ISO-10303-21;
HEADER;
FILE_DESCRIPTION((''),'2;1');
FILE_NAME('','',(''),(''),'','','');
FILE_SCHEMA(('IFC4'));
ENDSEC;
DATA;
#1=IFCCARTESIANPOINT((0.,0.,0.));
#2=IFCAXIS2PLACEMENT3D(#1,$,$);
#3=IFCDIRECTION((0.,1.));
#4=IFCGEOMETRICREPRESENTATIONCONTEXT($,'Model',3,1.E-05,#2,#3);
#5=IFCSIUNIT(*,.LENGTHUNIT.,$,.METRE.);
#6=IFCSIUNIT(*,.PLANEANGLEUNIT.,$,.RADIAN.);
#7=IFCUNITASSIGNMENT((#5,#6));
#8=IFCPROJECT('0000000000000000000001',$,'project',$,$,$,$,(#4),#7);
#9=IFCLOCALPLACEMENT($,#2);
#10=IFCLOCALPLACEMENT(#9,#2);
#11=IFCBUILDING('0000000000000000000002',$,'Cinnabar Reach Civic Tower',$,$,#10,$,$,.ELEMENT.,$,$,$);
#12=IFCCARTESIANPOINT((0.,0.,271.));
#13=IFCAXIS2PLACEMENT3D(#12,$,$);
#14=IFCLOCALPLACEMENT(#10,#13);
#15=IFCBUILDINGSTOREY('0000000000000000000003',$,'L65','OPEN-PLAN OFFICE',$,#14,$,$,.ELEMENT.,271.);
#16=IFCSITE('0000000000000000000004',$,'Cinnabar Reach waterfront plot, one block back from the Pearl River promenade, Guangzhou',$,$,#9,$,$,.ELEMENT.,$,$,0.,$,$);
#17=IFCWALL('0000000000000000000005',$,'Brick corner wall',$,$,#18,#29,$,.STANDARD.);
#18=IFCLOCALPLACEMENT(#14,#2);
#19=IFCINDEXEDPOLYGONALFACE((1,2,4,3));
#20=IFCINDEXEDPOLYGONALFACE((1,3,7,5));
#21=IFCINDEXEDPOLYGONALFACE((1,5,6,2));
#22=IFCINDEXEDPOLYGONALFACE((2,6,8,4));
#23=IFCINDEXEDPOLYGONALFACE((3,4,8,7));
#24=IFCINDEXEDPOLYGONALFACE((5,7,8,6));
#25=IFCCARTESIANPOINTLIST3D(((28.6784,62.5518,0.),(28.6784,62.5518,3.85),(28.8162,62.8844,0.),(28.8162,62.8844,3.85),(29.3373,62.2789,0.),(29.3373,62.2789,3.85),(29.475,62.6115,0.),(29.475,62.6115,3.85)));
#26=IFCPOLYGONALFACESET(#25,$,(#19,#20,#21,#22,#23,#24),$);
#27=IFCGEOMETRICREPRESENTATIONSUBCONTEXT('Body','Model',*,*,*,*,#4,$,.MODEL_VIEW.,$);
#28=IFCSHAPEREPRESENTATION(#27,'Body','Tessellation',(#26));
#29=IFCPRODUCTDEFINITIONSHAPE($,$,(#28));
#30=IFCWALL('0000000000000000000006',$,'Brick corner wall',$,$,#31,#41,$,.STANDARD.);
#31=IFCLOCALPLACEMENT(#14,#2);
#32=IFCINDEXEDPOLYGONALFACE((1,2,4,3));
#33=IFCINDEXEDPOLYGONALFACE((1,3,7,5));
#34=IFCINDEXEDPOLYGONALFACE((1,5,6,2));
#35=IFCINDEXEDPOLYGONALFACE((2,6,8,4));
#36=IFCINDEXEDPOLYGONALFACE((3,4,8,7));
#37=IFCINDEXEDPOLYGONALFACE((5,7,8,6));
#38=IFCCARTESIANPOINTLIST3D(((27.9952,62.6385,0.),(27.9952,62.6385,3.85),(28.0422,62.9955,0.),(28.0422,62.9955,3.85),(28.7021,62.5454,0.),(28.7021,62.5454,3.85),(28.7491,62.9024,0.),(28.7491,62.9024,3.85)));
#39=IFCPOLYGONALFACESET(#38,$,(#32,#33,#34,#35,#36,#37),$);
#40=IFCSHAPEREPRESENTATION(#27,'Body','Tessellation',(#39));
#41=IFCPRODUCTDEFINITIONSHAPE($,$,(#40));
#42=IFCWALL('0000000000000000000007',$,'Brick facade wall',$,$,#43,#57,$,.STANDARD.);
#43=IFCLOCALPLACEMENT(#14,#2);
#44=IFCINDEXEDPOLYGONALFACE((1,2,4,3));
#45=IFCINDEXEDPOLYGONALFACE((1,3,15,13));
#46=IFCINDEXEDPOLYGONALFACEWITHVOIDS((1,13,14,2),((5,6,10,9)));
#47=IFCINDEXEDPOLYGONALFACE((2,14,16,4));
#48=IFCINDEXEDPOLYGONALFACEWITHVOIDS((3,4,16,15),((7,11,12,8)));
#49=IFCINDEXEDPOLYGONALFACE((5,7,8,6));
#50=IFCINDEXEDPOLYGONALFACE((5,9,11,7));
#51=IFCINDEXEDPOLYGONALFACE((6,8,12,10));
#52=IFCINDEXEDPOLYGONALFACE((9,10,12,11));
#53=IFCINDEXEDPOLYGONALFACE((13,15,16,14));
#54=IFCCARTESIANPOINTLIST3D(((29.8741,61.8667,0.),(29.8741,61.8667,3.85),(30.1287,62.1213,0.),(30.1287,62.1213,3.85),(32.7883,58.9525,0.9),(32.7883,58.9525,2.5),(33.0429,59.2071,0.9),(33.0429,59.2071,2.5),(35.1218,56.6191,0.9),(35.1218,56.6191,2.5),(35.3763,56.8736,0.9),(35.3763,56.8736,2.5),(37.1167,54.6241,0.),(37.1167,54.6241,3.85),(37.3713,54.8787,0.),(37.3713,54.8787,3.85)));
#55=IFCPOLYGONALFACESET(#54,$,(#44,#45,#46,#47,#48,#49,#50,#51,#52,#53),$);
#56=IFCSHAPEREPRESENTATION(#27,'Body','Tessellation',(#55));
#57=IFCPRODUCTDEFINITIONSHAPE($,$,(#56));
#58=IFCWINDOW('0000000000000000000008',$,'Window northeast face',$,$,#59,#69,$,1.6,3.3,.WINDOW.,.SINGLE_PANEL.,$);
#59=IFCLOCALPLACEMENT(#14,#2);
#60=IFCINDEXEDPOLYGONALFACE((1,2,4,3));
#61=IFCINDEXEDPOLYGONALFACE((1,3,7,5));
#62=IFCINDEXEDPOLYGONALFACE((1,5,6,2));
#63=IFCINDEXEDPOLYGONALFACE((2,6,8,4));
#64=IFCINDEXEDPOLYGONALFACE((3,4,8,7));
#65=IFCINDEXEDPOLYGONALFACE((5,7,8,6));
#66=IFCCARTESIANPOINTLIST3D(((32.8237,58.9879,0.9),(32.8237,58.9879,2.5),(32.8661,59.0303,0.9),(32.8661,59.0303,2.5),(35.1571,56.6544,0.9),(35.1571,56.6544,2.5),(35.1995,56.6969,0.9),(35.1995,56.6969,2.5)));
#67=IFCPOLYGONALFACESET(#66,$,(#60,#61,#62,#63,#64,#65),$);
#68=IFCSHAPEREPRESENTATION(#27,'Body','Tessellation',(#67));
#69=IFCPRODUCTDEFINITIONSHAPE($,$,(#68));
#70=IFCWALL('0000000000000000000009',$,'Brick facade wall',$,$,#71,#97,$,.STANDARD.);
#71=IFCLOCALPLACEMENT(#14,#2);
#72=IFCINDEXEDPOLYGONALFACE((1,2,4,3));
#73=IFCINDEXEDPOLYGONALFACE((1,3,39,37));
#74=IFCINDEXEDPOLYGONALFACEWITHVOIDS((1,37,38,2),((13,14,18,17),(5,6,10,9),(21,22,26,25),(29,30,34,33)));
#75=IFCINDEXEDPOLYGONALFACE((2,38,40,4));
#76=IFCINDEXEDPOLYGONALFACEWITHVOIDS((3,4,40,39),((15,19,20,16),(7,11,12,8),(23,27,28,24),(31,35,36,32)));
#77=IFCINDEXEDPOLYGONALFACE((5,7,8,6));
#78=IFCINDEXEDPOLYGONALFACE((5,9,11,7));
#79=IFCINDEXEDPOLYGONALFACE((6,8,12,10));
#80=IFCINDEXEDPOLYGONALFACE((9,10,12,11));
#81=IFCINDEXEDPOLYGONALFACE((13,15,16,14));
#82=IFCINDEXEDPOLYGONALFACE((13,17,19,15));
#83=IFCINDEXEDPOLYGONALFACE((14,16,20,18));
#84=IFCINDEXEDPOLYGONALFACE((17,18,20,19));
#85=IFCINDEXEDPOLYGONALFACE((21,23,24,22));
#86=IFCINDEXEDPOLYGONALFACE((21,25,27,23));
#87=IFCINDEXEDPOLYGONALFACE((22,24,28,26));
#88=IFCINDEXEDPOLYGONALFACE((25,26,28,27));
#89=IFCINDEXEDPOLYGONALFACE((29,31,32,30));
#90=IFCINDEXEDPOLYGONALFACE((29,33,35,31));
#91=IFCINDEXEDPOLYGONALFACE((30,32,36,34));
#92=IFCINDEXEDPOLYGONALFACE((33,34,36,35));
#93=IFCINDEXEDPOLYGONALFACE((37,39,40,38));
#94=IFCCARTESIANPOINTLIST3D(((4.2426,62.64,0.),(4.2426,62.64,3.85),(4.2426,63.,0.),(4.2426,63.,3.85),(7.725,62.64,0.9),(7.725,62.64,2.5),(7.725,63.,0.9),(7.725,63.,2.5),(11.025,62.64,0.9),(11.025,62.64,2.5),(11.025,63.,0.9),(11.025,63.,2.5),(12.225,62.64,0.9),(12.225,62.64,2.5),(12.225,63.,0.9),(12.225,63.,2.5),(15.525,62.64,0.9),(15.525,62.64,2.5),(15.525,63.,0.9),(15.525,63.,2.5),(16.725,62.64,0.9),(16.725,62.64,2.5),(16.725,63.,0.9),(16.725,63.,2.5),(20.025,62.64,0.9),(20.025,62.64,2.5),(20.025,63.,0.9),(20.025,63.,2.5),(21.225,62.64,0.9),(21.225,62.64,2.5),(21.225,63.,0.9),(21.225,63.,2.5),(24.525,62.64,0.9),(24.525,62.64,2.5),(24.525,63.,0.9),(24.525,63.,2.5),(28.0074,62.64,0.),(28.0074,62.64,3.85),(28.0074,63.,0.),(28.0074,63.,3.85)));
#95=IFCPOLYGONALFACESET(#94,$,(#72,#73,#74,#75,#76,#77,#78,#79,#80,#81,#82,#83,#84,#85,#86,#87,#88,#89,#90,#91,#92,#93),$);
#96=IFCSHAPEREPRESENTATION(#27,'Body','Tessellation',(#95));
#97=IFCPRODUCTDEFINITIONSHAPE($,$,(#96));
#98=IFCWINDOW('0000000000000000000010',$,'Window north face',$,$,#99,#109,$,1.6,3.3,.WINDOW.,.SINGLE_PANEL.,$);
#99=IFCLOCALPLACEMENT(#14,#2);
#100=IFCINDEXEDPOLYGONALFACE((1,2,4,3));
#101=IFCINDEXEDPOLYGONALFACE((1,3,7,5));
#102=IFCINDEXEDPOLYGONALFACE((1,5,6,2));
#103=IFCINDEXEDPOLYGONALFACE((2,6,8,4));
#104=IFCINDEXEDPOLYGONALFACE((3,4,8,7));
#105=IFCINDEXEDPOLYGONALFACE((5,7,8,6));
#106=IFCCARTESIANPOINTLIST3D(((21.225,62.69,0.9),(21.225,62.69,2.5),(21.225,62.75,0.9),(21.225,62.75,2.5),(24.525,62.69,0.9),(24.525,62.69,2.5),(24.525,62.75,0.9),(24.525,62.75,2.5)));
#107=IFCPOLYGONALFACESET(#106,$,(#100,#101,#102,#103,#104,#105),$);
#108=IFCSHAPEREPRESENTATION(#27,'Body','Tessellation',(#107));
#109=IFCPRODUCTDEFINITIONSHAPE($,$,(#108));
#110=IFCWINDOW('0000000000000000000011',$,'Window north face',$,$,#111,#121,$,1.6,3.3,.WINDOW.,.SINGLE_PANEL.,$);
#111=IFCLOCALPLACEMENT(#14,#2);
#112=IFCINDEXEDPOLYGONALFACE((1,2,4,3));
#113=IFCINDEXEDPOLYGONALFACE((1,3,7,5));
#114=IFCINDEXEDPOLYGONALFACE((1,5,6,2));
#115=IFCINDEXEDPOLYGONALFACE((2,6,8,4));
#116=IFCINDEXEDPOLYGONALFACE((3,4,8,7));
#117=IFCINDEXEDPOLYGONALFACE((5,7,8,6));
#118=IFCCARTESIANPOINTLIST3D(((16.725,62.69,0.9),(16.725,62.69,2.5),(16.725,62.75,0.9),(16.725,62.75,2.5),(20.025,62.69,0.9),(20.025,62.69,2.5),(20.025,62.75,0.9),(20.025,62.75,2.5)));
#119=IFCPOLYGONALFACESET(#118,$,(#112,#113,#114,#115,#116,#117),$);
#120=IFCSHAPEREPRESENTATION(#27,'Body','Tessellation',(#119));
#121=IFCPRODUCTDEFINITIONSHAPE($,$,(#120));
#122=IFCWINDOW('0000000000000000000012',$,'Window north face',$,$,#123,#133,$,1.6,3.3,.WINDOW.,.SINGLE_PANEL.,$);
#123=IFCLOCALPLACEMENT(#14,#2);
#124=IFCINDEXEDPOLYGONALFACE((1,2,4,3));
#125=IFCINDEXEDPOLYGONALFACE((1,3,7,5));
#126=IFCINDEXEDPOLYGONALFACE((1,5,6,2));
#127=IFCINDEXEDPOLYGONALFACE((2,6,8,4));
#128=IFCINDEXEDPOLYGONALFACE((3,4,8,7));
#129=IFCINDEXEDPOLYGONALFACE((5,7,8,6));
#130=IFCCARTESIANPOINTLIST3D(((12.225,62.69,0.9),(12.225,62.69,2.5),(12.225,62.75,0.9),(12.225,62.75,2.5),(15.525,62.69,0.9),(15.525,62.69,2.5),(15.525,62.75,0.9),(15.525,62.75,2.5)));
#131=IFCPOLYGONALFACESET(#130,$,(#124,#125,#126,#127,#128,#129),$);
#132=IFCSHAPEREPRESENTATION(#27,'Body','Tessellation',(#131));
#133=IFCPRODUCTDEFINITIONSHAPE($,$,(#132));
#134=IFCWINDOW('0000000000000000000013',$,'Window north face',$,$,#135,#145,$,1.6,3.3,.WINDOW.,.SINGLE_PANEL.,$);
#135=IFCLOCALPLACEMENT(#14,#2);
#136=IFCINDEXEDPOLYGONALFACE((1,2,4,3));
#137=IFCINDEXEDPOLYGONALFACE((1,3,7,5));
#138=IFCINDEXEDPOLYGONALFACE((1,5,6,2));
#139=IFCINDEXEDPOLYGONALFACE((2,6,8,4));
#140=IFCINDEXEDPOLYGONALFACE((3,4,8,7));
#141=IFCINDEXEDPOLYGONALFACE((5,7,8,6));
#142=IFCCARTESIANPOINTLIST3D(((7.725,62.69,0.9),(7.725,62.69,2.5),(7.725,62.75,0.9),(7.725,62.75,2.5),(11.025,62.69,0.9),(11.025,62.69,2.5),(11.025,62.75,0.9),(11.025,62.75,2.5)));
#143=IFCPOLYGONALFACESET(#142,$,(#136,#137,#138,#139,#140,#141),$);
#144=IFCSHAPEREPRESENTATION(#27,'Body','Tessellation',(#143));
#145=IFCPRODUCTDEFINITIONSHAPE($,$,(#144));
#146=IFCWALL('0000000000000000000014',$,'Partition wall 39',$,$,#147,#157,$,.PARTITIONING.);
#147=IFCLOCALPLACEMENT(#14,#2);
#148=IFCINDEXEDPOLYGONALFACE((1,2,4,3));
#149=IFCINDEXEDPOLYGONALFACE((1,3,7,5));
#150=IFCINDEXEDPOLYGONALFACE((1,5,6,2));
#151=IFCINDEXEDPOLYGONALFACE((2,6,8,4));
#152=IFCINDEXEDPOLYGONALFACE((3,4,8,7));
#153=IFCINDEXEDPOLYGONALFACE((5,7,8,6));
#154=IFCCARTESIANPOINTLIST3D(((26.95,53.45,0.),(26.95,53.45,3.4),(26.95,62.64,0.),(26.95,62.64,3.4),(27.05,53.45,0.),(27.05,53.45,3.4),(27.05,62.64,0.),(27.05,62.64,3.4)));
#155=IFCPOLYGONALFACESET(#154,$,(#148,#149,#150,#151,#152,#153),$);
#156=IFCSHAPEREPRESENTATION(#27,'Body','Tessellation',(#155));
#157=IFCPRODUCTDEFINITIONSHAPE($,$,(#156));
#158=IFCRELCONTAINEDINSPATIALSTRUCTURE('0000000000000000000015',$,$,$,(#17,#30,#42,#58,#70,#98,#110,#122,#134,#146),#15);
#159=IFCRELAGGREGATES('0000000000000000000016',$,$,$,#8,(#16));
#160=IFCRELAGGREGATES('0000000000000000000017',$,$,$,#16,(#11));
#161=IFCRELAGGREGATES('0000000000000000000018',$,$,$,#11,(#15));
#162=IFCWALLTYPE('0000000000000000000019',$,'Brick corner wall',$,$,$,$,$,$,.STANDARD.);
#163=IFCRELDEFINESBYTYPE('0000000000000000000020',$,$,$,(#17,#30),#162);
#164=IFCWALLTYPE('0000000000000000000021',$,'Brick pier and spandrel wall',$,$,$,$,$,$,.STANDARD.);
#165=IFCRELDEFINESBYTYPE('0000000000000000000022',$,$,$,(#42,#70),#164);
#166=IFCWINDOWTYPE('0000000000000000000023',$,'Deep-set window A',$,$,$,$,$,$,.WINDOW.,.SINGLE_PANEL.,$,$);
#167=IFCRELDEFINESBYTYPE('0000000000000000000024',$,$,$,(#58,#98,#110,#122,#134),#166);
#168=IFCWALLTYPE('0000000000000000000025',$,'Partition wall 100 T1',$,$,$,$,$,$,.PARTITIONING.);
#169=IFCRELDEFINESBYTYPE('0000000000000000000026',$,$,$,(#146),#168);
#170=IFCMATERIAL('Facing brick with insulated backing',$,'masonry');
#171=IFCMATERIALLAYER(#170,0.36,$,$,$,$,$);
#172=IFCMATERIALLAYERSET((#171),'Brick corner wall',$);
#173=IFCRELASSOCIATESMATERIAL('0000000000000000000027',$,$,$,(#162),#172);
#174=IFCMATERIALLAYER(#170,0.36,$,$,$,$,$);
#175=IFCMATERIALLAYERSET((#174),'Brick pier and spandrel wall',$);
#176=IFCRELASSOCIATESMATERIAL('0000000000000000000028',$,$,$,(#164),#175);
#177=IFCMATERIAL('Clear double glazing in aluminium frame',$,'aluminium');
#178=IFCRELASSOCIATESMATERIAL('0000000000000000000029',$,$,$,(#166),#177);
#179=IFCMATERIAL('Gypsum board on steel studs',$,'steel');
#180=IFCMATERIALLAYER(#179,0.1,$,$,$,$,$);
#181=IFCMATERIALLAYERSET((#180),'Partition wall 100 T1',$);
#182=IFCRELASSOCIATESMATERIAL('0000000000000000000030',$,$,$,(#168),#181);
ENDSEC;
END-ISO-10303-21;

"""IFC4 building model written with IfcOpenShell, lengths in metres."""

from ifc_helpers import new_model, si_unit, direction, frame, frame_2d, origin, place, context, subcontext, project, spatial, rectangle, extrude, material, layer, layer_set, type_object, element, fill, save


model = new_model("IFC4")

# Units and contexts
model_context = context("Model", 3, precision=1e-05, world=origin(), true_north=direction((0.0, 1.0)))
body_context = subcontext(model_context, "Body", "Model", "MODEL_VIEW")
ifc_project = project(units=[si_unit("LENGTHUNIT", "METRE"), si_unit("PLANEANGLEUNIT", "RADIAN")], contexts=[model_context])

# Site, building, storey
site_placement = place(None, origin())
site = spatial("IfcSite", under=ifc_project, at=site_placement, Name="Cinnabar Reach waterfront plot, one block back from the Pearl River promenade, Guangzhou", CompositionType="ELEMENT", RefElevation=0.0)
building_placement = place(site_placement, origin())
building = spatial("IfcBuilding", under=site, at=building_placement, Name="Cinnabar Reach Civic Tower", CompositionType="ELEMENT")
storey_placement = place(building_placement, frame((0.0, 0.0, 271.0)))
storey = spatial("IfcBuildingStorey", under=building, at=storey_placement, Name="L65", Description="OPEN-PLAN OFFICE", CompositionType="ELEMENT", Elevation=271.0)

# Walls
ifc_material_1 = material(Name="Facing brick with insulated backing", Category="masonry")
ifc_layer_1 = layer(ifc_material_1, 0.36)
ifc_layer_set_1 = layer_set([ifc_layer_1], Name="Brick corner wall")
wall_type_1 = type_object("IfcWallType", Name="Brick corner wall", PredefinedType="STANDARD", material=ifc_layer_set_1)
for number, where, z_axis, x_axis, name in (
    (1, (29.4061, 62.4452, 0.0), (0.0, 0.0, 1.0), (-0.923872, 0.382703, 0.0), "Brick corner wall"),
    (2, (28.7256, 62.7239, 0.0), (0.0, 0.0, 1.0), (-0.991441, 0.130556, 0.0), "Brick corner wall"),
):
    element("IfcWall", number, at=place(storey_placement, frame(where, z_axis=z_axis, x_axis=x_axis)), inside=storey, type_object=wall_type_1, Name=name, PredefinedType="STANDARD", context=body_context, shape_type="SweptSolid", body=[
        extrude(rectangle(XDim=0.7131, YDim=0.36, at=frame_2d((0.3565, 0.0))), origin(), (0.0, 0.0, 1.0), 3.85),
    ])

# Wall, opening, window
ifc_layer_2 = layer(ifc_material_1, 0.36)
ifc_layer_set_2 = layer_set([ifc_layer_2], Name="Brick pier and spandrel wall")
wall_type_2 = type_object("IfcWallType", Name="Brick pier and spandrel wall", PredefinedType="STANDARD", material=ifc_layer_set_2)
wall_1_placement = place(storey_placement, frame((37.244, 54.7514, 0.0), z_axis=(0.0, 0.0, 1.0), x_axis=(-0.707107, 0.707107, 0.0)))
wall_1 = element("IfcWall", 3, at=wall_1_placement, inside=storey, type_object=wall_type_2, Name="Brick facade wall", PredefinedType="STANDARD", context=body_context, shape_type="SweptSolid", body=[
    extrude(rectangle(XDim=10.2426, YDim=0.36, at=frame_2d((5.1213, 0.0))), origin(), (0.0, 0.0, 1.0), 3.85),
])
opening_1_placement = place(wall_1_placement, frame((2.8213, 0.0, 0.9)))
opening_1 = element("IfcOpeningElement", 4, at=opening_1_placement, cuts=wall_1, PredefinedType="OPENING", context=body_context, shape_type="SweptSolid", body=[
    extrude(rectangle(XDim=3.3, YDim=1.6, at=frame_2d((1.65, 0.8))), frame((0.0, 0.19, 0.0), z_axis=(0.0, -1.0, 0.0), x_axis=(1.0, 0.0, 0.0)), (0.0, 0.0, 1.0), 0.38),
])
ifc_material_2 = material(Name="Clear double glazing in aluminium frame", Category="aluminium")
window_type = type_object("IfcWindowType", Name="Deep-set window A", PartitioningType="SINGLE_PANEL", PredefinedType="WINDOW", material=ifc_material_2)
window_1_placement = place(opening_1_placement, origin())
window_1 = element("IfcWindow", 5, at=window_1_placement, inside=storey, type_object=window_type, Name="Window northeast face", OverallHeight=1.6, OverallWidth=3.3, PartitioningType="SINGLE_PANEL", PredefinedType="WINDOW", context=body_context, shape_type="SweptSolid", body=[
    extrude(rectangle(XDim=3.3, YDim=1.6, at=frame_2d((1.65, 0.8))), frame((0.0, 0.13, 0.0), z_axis=(0.0, -1.0, 0.0), x_axis=(1.0, 0.0, 0.0)), (0.0, 0.0, 1.0), 0.06),
])
fill(opening_1, window_1)

# Wall, openings, windows
wall_2_placement = place(storey_placement, frame((28.0074, 62.82, 0.0), z_axis=(0.0, 0.0, 1.0), x_axis=(-1.0, 0.0, 0.0)))
wall_2 = element("IfcWall", 6, at=wall_2_placement, inside=storey, type_object=wall_type_2, Name="Brick facade wall", PredefinedType="STANDARD", context=body_context, shape_type="SweptSolid", body=[
    extrude(rectangle(XDim=23.7648, YDim=0.36, at=frame_2d((11.8824, 0.0))), origin(), (0.0, 0.0, 1.0), 3.85),
])
opening_2_placement = place(wall_2_placement, frame((3.4824, 0.0, 0.9)))
opening_2 = element("IfcOpeningElement", 7, at=opening_2_placement, cuts=wall_2, PredefinedType="OPENING", context=body_context, shape_type="SweptSolid", body=[
    extrude(rectangle(XDim=3.3, YDim=1.6, at=frame_2d((1.65, 0.8))), frame((0.0, 0.19, 0.0), z_axis=(0.0, -1.0, 0.0), x_axis=(1.0, 0.0, 0.0)), (0.0, 0.0, 1.0), 0.38),
])
opening_3_placement = place(wall_2_placement, frame((7.9824, 0.0, 0.9)))
opening_3 = element("IfcOpeningElement", 8, at=opening_3_placement, cuts=wall_2, PredefinedType="OPENING", context=body_context, shape_type="SweptSolid", body=[
    extrude(rectangle(XDim=3.3, YDim=1.6, at=frame_2d((1.65, 0.8))), frame((0.0, 0.19, 0.0), z_axis=(0.0, -1.0, 0.0), x_axis=(1.0, 0.0, 0.0)), (0.0, 0.0, 1.0), 0.38),
])
opening_4_placement = place(wall_2_placement, frame((12.4824, 0.0, 0.9)))
opening_4 = element("IfcOpeningElement", 9, at=opening_4_placement, cuts=wall_2, PredefinedType="OPENING", context=body_context, shape_type="SweptSolid", body=[
    extrude(rectangle(XDim=3.3, YDim=1.6, at=frame_2d((1.65, 0.8))), frame((0.0, 0.19, 0.0), z_axis=(0.0, -1.0, 0.0), x_axis=(1.0, 0.0, 0.0)), (0.0, 0.0, 1.0), 0.38),
])
opening_5_placement = place(wall_2_placement, frame((16.9824, 0.0, 0.9)))
opening_5 = element("IfcOpeningElement", 10, at=opening_5_placement, cuts=wall_2, PredefinedType="OPENING", context=body_context, shape_type="SweptSolid", body=[
    extrude(rectangle(XDim=3.3, YDim=1.6, at=frame_2d((1.65, 0.8))), frame((0.0, 0.19, 0.0), z_axis=(0.0, -1.0, 0.0), x_axis=(1.0, 0.0, 0.0)), (0.0, 0.0, 1.0), 0.38),
])
window_2_placement = place(opening_2_placement, origin())
window_2 = element("IfcWindow", 11, at=window_2_placement, inside=storey, type_object=window_type, Name="Window north face", OverallHeight=1.6, OverallWidth=3.3, PartitioningType="SINGLE_PANEL", PredefinedType="WINDOW", context=body_context, shape_type="SweptSolid", body=[
    extrude(rectangle(XDim=3.3, YDim=1.6, at=frame_2d((1.65, 0.8))), frame((0.0, 0.13, 0.0), z_axis=(0.0, -1.0, 0.0), x_axis=(1.0, 0.0, 0.0)), (0.0, 0.0, 1.0), 0.06),
])
fill(opening_2, window_2)
window_3_placement = place(opening_3_placement, origin())
window_3 = element("IfcWindow", 12, at=window_3_placement, inside=storey, type_object=window_type, Name="Window north face", OverallHeight=1.6, OverallWidth=3.3, PartitioningType="SINGLE_PANEL", PredefinedType="WINDOW", context=body_context, shape_type="SweptSolid", body=[
    extrude(rectangle(XDim=3.3, YDim=1.6, at=frame_2d((1.65, 0.8))), frame((0.0, 0.13, 0.0), z_axis=(0.0, -1.0, 0.0), x_axis=(1.0, 0.0, 0.0)), (0.0, 0.0, 1.0), 0.06),
])
fill(opening_3, window_3)
window_4_placement = place(opening_4_placement, origin())
window_4 = element("IfcWindow", 13, at=window_4_placement, inside=storey, type_object=window_type, Name="Window north face", OverallHeight=1.6, OverallWidth=3.3, PartitioningType="SINGLE_PANEL", PredefinedType="WINDOW", context=body_context, shape_type="SweptSolid", body=[
    extrude(rectangle(XDim=3.3, YDim=1.6, at=frame_2d((1.65, 0.8))), frame((0.0, 0.13, 0.0), z_axis=(0.0, -1.0, 0.0), x_axis=(1.0, 0.0, 0.0)), (0.0, 0.0, 1.0), 0.06),
])
fill(opening_4, window_4)
window_5_placement = place(opening_5_placement, origin())
window_5 = element("IfcWindow", 14, at=window_5_placement, inside=storey, type_object=window_type, Name="Window north face", OverallHeight=1.6, OverallWidth=3.3, PartitioningType="SINGLE_PANEL", PredefinedType="WINDOW", context=body_context, shape_type="SweptSolid", body=[
    extrude(rectangle(XDim=3.3, YDim=1.6, at=frame_2d((1.65, 0.8))), frame((0.0, 0.13, 0.0), z_axis=(0.0, -1.0, 0.0), x_axis=(1.0, 0.0, 0.0)), (0.0, 0.0, 1.0), 0.06),
])
fill(opening_5, window_5)

# Wall
ifc_material_3 = material(Name="Gypsum board on steel studs", Category="steel")
ifc_layer_3 = layer(ifc_material_3, 0.1)
ifc_layer_set_3 = layer_set([ifc_layer_3], Name="Partition wall 100 T1")
wall_type_3 = type_object("IfcWallType", Name="Partition wall 100 T1", PredefinedType="PARTITIONING", material=ifc_layer_set_3)
wall_3_placement = place(storey_placement, frame((27.0, 53.45, 0.0), z_axis=(0.0, 0.0, 1.0), x_axis=(0.0, 1.0, 0.0)))
element("IfcWall", 15, at=wall_3_placement, inside=storey, type_object=wall_type_3, Name="Partition wall 39", PredefinedType="PARTITIONING", context=body_context, shape_type="SweptSolid", body=[
    extrude(rectangle(XDim=9.19, YDim=0.1, at=frame_2d((4.595, 0.0))), origin(), (0.0, 0.0, 1.0), 3.4),
])

save(model, "model.ifc")
